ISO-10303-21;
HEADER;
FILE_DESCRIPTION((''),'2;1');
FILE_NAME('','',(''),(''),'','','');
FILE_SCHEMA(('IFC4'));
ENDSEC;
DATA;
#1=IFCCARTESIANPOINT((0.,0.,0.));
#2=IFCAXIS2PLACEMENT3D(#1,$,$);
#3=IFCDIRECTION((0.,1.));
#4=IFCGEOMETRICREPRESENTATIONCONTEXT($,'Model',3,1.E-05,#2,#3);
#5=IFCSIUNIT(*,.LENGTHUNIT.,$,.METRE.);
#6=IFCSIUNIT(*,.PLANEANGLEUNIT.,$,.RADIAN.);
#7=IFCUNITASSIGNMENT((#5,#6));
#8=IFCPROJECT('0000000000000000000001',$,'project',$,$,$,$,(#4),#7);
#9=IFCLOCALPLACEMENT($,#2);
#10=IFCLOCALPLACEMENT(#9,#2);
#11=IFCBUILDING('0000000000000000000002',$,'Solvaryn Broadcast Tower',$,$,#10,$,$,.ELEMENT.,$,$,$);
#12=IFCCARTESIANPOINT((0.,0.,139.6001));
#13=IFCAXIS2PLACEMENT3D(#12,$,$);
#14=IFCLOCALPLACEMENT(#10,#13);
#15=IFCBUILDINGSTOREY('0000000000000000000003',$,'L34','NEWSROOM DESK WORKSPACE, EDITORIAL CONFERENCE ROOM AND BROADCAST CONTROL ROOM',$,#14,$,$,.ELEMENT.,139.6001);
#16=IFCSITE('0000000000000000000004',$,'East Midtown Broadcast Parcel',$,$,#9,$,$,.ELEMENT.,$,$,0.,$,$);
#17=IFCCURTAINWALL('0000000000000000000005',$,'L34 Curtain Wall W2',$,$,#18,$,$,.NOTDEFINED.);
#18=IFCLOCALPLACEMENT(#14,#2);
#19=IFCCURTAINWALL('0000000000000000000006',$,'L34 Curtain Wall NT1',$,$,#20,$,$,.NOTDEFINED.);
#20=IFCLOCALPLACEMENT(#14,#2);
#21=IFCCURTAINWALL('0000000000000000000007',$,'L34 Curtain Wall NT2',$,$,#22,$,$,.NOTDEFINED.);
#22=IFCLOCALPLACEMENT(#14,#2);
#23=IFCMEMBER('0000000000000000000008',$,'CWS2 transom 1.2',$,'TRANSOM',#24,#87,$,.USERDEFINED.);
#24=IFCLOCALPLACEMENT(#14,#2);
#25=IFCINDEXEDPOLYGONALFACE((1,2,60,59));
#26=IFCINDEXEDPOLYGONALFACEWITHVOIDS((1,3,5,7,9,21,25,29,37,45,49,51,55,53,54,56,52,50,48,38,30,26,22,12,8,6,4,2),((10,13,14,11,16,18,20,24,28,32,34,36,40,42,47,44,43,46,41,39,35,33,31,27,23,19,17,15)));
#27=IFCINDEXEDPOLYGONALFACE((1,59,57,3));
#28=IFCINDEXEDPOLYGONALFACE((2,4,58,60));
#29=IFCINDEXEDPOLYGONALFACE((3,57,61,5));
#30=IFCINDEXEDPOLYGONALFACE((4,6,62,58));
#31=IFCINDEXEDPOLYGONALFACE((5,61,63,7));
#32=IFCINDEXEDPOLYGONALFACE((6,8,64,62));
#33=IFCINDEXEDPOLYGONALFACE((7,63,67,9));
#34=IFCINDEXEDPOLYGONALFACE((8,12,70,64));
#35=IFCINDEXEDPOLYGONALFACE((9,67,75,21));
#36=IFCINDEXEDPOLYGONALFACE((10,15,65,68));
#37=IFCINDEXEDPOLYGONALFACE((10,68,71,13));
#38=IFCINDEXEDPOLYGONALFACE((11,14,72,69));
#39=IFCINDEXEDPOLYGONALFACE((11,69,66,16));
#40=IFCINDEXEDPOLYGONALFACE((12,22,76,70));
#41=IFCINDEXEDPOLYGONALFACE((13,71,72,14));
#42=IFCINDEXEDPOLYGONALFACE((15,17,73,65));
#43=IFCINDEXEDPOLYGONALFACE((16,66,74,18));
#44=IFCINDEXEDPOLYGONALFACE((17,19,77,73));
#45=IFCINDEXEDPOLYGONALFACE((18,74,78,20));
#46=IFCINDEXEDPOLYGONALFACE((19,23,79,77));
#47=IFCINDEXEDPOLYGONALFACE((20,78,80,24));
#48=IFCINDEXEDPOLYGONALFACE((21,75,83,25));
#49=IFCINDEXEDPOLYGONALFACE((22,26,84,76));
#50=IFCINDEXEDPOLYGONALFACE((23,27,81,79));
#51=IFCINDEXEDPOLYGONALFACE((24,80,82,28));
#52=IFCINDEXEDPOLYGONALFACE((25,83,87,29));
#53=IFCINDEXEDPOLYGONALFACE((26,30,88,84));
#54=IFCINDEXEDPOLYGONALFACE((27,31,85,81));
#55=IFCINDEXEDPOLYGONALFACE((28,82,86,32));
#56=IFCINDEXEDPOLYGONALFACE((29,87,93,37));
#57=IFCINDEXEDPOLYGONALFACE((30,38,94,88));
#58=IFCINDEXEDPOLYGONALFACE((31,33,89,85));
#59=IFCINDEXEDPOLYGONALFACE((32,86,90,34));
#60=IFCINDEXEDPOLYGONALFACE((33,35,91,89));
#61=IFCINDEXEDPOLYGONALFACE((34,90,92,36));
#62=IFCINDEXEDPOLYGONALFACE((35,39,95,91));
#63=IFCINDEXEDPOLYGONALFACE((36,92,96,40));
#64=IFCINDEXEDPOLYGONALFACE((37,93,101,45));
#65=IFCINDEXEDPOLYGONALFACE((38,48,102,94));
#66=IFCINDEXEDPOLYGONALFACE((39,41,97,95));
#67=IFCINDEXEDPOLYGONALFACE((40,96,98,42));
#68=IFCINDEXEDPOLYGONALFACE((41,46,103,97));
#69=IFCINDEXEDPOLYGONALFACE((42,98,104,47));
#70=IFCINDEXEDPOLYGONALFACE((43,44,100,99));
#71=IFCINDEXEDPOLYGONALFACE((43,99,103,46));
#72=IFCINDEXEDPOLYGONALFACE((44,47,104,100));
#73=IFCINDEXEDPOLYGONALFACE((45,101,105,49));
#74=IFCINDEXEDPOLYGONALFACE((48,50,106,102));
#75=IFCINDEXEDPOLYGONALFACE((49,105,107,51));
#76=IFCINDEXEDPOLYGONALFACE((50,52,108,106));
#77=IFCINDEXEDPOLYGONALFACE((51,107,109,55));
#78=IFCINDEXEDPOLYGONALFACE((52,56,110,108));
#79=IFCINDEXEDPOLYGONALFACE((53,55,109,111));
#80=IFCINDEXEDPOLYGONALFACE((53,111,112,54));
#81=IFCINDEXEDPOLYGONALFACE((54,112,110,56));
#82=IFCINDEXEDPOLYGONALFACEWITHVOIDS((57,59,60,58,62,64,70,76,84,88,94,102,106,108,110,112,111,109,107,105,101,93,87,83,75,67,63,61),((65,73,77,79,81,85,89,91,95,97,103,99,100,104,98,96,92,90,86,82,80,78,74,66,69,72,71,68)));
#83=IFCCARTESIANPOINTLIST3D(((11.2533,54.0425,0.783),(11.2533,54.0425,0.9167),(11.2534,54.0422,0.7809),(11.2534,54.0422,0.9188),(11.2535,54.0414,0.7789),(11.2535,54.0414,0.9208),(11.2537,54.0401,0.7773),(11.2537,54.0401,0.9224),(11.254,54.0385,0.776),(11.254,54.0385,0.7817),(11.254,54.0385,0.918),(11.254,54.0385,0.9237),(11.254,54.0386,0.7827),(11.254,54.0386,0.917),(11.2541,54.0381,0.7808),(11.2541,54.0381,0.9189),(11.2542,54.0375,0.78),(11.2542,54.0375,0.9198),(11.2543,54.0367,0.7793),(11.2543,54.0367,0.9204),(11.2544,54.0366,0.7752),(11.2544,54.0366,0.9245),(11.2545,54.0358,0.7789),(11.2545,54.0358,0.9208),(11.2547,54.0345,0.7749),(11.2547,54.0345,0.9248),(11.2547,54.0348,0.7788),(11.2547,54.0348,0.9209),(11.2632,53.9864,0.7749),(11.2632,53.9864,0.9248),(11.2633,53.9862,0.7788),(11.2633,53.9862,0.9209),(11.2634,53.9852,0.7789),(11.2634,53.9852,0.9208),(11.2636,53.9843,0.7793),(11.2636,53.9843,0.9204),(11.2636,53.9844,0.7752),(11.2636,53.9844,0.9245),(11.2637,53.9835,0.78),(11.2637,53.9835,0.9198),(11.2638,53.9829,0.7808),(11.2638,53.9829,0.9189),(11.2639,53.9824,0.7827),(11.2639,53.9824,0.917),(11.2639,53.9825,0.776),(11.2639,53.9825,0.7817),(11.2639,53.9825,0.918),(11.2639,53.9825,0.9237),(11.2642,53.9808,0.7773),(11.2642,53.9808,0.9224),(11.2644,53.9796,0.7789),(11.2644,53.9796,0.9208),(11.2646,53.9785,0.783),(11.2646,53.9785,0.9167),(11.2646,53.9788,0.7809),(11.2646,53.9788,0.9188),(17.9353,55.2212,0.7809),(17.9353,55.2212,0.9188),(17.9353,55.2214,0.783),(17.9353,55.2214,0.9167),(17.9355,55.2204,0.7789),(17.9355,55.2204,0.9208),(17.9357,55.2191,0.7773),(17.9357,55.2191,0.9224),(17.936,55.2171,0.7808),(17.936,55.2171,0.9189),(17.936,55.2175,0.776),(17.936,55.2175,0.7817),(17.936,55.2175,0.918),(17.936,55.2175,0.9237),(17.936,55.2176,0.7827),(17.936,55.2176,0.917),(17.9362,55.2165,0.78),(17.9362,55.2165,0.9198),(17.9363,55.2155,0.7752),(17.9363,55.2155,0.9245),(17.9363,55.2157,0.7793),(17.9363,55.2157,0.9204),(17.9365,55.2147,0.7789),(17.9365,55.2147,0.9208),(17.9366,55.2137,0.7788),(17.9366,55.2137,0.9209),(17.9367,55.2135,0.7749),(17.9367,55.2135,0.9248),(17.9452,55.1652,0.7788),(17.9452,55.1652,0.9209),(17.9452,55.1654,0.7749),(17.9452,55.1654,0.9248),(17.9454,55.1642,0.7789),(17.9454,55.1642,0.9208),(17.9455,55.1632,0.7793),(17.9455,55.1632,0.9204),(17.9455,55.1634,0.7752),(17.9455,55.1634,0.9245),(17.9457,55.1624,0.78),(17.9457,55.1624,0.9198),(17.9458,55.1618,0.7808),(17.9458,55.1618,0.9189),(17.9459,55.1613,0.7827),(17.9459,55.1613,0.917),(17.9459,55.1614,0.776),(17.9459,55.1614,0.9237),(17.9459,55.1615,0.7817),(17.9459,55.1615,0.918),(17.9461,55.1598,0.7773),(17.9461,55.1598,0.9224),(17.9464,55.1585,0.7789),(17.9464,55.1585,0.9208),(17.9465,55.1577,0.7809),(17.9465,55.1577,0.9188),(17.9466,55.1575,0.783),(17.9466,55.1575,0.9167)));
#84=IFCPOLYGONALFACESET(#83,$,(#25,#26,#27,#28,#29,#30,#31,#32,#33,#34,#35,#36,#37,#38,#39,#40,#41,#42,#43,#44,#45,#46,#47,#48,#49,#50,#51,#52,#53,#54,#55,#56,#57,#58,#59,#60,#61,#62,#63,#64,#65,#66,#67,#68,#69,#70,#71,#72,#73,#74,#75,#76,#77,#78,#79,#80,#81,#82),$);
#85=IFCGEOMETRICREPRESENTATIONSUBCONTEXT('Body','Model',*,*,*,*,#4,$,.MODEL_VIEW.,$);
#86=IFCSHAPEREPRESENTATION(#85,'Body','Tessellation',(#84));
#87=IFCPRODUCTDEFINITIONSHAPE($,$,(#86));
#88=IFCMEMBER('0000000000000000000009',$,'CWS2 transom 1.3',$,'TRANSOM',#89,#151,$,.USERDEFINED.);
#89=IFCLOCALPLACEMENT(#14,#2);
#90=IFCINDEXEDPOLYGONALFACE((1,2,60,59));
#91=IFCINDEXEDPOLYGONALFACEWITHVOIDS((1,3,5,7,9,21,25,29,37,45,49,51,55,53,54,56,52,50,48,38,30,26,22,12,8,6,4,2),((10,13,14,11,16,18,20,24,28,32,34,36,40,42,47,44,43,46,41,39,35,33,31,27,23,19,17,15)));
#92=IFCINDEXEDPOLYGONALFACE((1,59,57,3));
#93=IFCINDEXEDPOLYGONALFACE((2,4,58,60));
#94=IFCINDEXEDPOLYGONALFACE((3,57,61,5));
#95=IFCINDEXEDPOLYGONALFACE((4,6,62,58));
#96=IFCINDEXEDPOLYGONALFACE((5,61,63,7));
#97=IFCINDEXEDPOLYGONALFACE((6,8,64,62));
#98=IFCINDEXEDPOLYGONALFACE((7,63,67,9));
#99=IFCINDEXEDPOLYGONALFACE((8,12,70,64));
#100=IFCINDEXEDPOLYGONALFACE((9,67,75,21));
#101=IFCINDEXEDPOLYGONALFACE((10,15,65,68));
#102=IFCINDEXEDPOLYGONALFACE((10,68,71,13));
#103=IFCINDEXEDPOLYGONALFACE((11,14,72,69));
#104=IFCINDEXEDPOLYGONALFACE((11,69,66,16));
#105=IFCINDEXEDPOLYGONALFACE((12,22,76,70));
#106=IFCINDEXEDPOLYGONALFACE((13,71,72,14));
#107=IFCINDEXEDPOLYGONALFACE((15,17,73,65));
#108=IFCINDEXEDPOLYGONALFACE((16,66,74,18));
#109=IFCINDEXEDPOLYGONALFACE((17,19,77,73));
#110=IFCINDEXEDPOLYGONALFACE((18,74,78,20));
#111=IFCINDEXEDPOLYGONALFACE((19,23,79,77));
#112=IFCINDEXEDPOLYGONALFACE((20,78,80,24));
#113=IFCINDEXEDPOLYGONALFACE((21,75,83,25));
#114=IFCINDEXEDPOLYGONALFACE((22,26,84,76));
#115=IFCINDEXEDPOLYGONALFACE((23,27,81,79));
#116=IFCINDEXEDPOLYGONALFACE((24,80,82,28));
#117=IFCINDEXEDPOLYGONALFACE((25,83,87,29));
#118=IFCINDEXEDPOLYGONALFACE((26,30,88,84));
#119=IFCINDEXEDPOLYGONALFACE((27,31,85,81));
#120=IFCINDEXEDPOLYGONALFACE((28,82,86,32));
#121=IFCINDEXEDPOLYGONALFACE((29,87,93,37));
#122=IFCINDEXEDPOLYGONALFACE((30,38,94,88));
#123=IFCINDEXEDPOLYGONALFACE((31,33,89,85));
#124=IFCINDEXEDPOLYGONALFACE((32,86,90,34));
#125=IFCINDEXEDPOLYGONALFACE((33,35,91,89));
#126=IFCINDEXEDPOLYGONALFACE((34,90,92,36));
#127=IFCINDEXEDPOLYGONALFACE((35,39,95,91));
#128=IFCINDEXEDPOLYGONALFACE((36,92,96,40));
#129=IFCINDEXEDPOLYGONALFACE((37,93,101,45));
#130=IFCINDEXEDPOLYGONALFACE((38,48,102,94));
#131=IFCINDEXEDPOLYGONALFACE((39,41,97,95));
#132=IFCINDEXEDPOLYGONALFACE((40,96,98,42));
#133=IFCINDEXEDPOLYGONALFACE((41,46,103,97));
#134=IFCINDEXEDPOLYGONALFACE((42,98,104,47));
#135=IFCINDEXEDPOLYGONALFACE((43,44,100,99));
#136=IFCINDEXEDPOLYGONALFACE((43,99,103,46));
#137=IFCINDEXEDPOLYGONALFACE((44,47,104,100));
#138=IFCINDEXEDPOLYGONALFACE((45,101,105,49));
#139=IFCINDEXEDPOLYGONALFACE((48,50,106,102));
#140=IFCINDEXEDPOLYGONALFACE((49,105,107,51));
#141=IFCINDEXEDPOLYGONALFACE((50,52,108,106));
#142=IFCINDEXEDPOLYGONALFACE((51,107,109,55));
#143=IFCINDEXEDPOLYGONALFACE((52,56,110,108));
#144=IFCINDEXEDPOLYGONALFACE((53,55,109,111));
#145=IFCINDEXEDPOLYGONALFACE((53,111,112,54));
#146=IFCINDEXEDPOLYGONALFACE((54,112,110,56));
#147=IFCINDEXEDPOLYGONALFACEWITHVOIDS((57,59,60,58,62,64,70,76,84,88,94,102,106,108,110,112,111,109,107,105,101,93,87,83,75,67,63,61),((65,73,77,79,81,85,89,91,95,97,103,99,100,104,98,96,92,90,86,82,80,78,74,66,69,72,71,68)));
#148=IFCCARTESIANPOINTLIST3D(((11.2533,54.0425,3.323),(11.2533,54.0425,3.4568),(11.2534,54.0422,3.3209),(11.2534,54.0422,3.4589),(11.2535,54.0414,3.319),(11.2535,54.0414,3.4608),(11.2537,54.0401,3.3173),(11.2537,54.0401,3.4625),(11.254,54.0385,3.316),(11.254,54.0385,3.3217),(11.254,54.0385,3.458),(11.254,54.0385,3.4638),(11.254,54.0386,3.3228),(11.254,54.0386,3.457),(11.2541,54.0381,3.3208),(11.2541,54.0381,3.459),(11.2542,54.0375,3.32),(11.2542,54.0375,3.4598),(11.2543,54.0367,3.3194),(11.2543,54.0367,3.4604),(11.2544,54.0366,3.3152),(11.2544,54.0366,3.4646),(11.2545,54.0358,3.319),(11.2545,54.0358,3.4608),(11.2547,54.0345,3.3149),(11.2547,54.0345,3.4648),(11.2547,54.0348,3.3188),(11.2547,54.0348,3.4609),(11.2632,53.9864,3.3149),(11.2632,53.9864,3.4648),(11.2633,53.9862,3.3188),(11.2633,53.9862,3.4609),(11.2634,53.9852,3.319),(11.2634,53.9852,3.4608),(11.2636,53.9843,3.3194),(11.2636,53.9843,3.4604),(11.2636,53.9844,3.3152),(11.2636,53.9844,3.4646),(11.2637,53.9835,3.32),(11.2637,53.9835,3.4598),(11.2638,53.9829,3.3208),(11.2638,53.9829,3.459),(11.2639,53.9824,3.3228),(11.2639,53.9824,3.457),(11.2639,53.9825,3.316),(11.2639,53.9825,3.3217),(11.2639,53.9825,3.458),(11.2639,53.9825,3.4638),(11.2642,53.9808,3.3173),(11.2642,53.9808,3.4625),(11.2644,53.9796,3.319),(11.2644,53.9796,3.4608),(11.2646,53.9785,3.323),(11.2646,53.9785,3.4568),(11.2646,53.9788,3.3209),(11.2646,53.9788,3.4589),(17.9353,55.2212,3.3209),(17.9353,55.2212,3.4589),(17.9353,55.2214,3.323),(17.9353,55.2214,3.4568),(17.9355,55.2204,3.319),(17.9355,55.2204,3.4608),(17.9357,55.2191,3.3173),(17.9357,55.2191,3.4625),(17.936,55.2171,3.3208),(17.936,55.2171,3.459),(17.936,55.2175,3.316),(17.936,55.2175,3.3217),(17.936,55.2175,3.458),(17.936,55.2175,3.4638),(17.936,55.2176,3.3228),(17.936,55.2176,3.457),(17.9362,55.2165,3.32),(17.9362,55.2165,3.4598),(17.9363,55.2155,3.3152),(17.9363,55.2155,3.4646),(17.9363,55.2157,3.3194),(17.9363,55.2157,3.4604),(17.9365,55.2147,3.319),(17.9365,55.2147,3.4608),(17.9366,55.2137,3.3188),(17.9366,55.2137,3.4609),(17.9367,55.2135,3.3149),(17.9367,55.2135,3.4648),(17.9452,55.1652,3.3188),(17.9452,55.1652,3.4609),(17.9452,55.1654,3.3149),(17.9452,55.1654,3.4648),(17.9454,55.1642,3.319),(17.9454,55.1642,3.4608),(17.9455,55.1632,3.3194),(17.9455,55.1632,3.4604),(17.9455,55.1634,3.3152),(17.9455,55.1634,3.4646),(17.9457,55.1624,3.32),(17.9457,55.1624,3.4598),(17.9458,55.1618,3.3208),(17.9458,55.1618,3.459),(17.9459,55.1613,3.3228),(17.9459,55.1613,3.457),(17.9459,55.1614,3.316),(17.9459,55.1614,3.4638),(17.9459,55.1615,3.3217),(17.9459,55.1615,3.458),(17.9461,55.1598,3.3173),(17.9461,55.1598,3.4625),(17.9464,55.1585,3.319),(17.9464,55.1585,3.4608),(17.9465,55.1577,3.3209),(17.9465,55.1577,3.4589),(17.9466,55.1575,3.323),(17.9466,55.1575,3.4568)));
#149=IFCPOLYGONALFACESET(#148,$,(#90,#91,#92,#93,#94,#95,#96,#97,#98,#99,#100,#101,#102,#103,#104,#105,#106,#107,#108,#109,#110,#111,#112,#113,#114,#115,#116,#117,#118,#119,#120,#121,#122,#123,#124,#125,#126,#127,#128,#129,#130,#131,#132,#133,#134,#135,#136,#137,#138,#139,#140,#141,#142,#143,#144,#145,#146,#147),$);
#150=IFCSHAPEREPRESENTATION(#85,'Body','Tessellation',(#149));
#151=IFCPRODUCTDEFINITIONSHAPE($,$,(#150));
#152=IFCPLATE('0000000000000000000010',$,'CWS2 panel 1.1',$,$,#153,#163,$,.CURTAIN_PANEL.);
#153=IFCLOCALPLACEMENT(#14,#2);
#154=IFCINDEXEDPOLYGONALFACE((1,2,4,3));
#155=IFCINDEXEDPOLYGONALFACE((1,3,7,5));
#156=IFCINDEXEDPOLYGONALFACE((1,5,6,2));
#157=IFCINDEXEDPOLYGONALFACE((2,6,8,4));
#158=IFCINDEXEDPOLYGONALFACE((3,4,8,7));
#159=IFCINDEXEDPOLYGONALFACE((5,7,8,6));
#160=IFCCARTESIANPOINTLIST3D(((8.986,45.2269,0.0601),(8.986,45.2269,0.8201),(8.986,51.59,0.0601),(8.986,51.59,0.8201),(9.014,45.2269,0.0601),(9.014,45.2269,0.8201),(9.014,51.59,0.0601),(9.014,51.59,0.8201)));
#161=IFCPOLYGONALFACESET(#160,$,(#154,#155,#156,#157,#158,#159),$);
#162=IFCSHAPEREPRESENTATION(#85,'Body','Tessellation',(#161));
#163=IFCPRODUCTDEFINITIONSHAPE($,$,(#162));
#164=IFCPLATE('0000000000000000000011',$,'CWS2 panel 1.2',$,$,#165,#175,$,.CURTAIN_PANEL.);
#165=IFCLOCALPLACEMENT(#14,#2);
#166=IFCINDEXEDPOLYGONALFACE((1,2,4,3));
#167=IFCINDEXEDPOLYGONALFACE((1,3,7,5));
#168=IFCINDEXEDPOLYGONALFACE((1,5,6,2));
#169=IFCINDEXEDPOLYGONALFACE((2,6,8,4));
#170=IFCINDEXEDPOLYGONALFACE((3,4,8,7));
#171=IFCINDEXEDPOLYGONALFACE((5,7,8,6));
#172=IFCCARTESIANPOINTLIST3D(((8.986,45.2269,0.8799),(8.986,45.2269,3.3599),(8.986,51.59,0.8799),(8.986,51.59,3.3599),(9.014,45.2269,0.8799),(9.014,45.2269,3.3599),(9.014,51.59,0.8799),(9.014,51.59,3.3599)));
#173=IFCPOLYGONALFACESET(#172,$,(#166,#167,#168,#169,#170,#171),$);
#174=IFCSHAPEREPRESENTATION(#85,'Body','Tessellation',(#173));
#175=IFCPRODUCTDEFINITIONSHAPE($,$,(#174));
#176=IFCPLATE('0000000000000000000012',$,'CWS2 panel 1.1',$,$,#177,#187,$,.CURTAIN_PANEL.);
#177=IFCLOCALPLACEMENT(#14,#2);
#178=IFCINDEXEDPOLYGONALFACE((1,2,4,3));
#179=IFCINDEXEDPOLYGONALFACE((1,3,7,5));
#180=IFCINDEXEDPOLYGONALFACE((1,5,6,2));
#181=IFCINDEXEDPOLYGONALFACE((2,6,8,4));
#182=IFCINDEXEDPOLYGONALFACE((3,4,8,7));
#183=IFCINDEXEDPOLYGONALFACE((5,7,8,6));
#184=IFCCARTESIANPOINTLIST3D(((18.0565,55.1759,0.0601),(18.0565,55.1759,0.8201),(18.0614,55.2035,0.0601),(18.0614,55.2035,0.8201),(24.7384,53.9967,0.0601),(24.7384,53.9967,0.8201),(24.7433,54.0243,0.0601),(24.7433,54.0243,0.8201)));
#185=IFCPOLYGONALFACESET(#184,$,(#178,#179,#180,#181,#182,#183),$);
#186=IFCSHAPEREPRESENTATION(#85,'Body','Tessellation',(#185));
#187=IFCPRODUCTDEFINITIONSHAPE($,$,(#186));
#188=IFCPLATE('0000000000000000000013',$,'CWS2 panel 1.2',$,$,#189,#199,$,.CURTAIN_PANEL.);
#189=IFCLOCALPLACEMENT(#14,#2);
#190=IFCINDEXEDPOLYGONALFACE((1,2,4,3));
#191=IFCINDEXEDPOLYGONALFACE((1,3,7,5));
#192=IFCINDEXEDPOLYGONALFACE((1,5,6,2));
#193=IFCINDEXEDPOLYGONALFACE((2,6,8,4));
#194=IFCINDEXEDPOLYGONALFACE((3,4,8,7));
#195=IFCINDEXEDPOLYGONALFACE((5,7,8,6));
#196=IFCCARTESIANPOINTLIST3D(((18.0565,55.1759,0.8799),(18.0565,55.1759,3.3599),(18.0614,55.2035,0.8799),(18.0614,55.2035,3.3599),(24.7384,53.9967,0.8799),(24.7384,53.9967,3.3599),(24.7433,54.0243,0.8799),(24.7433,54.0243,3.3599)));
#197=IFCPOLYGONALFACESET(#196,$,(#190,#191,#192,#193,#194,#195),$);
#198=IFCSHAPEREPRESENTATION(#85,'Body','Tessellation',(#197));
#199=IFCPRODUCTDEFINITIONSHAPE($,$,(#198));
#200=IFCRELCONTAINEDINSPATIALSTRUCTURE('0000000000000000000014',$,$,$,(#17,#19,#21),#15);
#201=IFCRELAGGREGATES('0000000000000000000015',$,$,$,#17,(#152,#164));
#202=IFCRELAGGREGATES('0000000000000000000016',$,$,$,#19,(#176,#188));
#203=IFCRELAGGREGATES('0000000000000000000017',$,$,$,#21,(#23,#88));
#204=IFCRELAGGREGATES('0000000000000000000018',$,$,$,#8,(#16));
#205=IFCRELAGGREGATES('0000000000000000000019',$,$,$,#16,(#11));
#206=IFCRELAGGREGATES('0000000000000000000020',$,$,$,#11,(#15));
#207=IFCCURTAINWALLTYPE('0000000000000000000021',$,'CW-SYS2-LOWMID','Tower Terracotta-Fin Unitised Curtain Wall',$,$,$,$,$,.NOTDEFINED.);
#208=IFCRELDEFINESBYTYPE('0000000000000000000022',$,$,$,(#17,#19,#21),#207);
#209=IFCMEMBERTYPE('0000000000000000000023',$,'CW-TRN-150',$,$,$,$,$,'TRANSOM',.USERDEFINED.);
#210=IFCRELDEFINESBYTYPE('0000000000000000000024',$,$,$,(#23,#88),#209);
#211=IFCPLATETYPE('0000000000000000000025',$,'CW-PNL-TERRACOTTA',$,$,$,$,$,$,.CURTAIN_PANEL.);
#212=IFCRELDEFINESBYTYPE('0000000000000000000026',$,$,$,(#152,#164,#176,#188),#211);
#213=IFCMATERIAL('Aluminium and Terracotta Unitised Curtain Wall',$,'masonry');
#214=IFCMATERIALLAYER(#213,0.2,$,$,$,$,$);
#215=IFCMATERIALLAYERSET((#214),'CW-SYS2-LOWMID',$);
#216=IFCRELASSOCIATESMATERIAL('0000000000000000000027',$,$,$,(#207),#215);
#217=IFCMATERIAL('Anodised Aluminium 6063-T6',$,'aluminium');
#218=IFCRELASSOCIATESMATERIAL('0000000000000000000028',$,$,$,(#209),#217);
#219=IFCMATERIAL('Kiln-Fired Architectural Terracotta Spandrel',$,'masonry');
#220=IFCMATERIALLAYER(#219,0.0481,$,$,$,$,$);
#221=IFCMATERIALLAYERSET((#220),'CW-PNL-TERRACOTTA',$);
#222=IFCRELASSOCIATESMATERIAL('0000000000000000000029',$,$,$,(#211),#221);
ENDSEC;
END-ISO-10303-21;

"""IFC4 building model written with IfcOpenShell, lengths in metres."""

from ifc_helpers import new_model, si_unit, direction, frame, origin, origin_2d, place, context, subcontext, project, spatial, rectangle, hollow_rectangle, extrude, material, layer, layer_set, material_profile, profile_set, type_object, element, aggregate, save


model = new_model("IFC4")

# Units and contexts
model_context = context("Model", 3, precision=1e-05, world=origin(), true_north=direction((0.0, 1.0)))
body_context = subcontext(model_context, "Body", "Model", "MODEL_VIEW")
ifc_project = project(units=[si_unit("LENGTHUNIT", "METRE"), si_unit("PLANEANGLEUNIT", "RADIAN")], contexts=[model_context])

# Site, building, storey
site_placement = place(None, origin())
site = spatial("IfcSite", under=ifc_project, at=site_placement, Name="East Midtown Broadcast Parcel", CompositionType="ELEMENT", RefElevation=0.0)
building_placement = place(site_placement, origin())
building = spatial("IfcBuilding", under=site, at=building_placement, Name="Solvaryn Broadcast Tower", CompositionType="ELEMENT")
storey_placement = place(building_placement, frame((0.0, 0.0, 139.6001)))
storey = spatial("IfcBuildingStorey", under=building, at=storey_placement, Name="L34", Description="NEWSROOM DESK WORKSPACE, EDITORIAL CONFERENCE ROOM AND BROADCAST CONTROL ROOM", CompositionType="ELEMENT", Elevation=139.6001)

# Curtain walls
ifc_material_1 = material(Name="Aluminium and Terracotta Unitised Curtain Wall", Category="masonry")
ifc_layer_1 = layer(ifc_material_1, 0.2)
ifc_layer_set_1 = layer_set([ifc_layer_1], Name="CW-SYS2-LOWMID")
curtain_wall_type = type_object("IfcCurtainWallType", Name="CW-SYS2-LOWMID", Description="Tower Terracotta-Fin Unitised Curtain Wall", PredefinedType="NOTDEFINED", material=ifc_layer_set_1)
curtain_wall_1_placement = place(storey_placement, origin())
curtain_wall_1 = element("IfcCurtainWall", 1, at=curtain_wall_1_placement, inside=storey, type_object=curtain_wall_type, Name="L34 Curtain Wall W2", PredefinedType="NOTDEFINED")
curtain_wall_2_placement = place(storey_placement, origin())
curtain_wall_2 = element("IfcCurtainWall", 2, at=curtain_wall_2_placement, inside=storey, type_object=curtain_wall_type, Name="L34 Curtain Wall NT1", PredefinedType="NOTDEFINED")

# Curtain wall
curtain_wall_3_placement = place(storey_placement, origin())
curtain_wall_3 = element("IfcCurtainWall", 3, at=curtain_wall_3_placement, inside=storey, type_object=curtain_wall_type, Name="L34 Curtain Wall NT2", PredefinedType="NOTDEFINED")

# Members
ifc_material_2 = material(Name="Anodised Aluminium 6063-T6", Category="aluminium")
ifc_material_profile_1 = material_profile(ifc_material_2, hollow_rectangle(XDim=0.0649, YDim=0.1499, WallThickness=0.0039, InnerFilletRadius=0.0039, OuterFilletRadius=0.0081, at=origin_2d()))
ifc_profile_set_1 = profile_set([ifc_material_profile_1], Name="Anodised Aluminium 6063-T6")
member_type_1 = type_object("IfcMemberType", Name="CW-TRN-150", ElementType="TRANSOM", PredefinedType="USERDEFINED", material=ifc_profile_set_1)
member_1_placement = place(storey_placement, frame((17.9409, 55.1895, 0.8499), z_axis=(-0.984789, -0.173757, 0.0), x_axis=(0.173757, -0.984789, 0.0)))
member_1 = element("IfcMember", 4, at=member_1_placement, type_object=member_type_1, Name="CWS2 transom 1.2", ObjectType="TRANSOM", PredefinedType="USERDEFINED", context=body_context, shape_type="SweptSolid", body=[
    extrude(hollow_rectangle(XDim=0.0649, YDim=0.1499, WallThickness=0.0039, InnerFilletRadius=0.0039, OuterFilletRadius=0.0081, at=origin_2d()), origin(), (0.0, 0.0, 1.0), 6.7852),
])
member_2_placement = place(storey_placement, frame((17.9409, 55.1895, 3.3899), z_axis=(-0.984789, -0.173757, 0.0), x_axis=(0.173757, -0.984789, 0.0)))
member_2 = element("IfcMember", 5, at=member_2_placement, type_object=member_type_1, Name="CWS2 transom 1.3", ObjectType="TRANSOM", PredefinedType="USERDEFINED", context=body_context, shape_type="SweptSolid", body=[
    extrude(hollow_rectangle(XDim=0.0649, YDim=0.1499, WallThickness=0.0039, InnerFilletRadius=0.0039, OuterFilletRadius=0.0081, at=origin_2d()), origin(), (0.0, 0.0, 1.0), 6.7852),
])

# Plates
ifc_material_3 = material(Name="Kiln-Fired Architectural Terracotta Spandrel", Category="masonry")
ifc_layer_2 = layer(ifc_material_3, 0.0481)
ifc_layer_set_2 = layer_set([ifc_layer_2], Name="CW-PNL-TERRACOTTA")
plate_type = type_object("IfcPlateType", Name="CW-PNL-TERRACOTTA", PredefinedType="CURTAIN_PANEL", material=ifc_layer_set_2)
plate_1_placement = place(storey_placement, frame((9.0, 48.4084, 0.0601), z_axis=(0.0, 0.0, 1.0), x_axis=(0.0, 1.0, 0.0)))
plate_1 = element("IfcPlate", 6, at=plate_1_placement, type_object=plate_type, Name="CWS2 panel 1.1", PredefinedType="CURTAIN_PANEL", context=body_context, shape_type="SweptSolid", body=[
    extrude(rectangle(XDim=6.363, YDim=0.0281, at=origin_2d()), origin(), (0.0, 0.0, 1.0), 0.76),
])
plate_2_placement = place(storey_placement, frame((9.0, 48.4084, 0.8799), z_axis=(0.0, 0.0, 1.0), x_axis=(0.0, 1.0, 0.0)))
plate_2 = element("IfcPlate", 7, at=plate_2_placement, type_object=plate_type, Name="CWS2 panel 1.2", PredefinedType="CURTAIN_PANEL", context=body_context, shape_type="SweptSolid", body=[
    extrude(rectangle(XDim=6.363, YDim=0.0281, at=origin_2d()), origin(), (0.0, 0.0, 1.0), 2.48),
])
aggregate(curtain_wall_1, [plate_1, plate_2])
plate_3_placement = place(storey_placement, frame((21.3999, 54.6001, 0.0601), z_axis=(0.0, 0.0, 1.0), x_axis=(-0.984784, 0.173785, 0.0)))
plate_3 = element("IfcPlate", 8, at=plate_3_placement, type_object=plate_type, Name="CWS2 panel 1.1", PredefinedType="CURTAIN_PANEL", context=body_context, shape_type="SweptSolid", body=[
    extrude(rectangle(XDim=6.7852, YDim=0.0281, at=origin_2d()), origin(), (0.0, 0.0, 1.0), 0.76),
])
plate_4_placement = place(storey_placement, frame((21.3999, 54.6001, 0.8799), z_axis=(0.0, 0.0, 1.0), x_axis=(-0.984784, 0.173785, 0.0)))
plate_4 = element("IfcPlate", 9, at=plate_4_placement, type_object=plate_type, Name="CWS2 panel 1.2", PredefinedType="CURTAIN_PANEL", context=body_context, shape_type="SweptSolid", body=[
    extrude(rectangle(XDim=6.7852, YDim=0.0281, at=origin_2d()), origin(), (0.0, 0.0, 1.0), 2.48),
])
aggregate(curtain_wall_2, [plate_3, plate_4])
aggregate(curtain_wall_3, [member_1, member_2])

save(model, "model.ifc")
